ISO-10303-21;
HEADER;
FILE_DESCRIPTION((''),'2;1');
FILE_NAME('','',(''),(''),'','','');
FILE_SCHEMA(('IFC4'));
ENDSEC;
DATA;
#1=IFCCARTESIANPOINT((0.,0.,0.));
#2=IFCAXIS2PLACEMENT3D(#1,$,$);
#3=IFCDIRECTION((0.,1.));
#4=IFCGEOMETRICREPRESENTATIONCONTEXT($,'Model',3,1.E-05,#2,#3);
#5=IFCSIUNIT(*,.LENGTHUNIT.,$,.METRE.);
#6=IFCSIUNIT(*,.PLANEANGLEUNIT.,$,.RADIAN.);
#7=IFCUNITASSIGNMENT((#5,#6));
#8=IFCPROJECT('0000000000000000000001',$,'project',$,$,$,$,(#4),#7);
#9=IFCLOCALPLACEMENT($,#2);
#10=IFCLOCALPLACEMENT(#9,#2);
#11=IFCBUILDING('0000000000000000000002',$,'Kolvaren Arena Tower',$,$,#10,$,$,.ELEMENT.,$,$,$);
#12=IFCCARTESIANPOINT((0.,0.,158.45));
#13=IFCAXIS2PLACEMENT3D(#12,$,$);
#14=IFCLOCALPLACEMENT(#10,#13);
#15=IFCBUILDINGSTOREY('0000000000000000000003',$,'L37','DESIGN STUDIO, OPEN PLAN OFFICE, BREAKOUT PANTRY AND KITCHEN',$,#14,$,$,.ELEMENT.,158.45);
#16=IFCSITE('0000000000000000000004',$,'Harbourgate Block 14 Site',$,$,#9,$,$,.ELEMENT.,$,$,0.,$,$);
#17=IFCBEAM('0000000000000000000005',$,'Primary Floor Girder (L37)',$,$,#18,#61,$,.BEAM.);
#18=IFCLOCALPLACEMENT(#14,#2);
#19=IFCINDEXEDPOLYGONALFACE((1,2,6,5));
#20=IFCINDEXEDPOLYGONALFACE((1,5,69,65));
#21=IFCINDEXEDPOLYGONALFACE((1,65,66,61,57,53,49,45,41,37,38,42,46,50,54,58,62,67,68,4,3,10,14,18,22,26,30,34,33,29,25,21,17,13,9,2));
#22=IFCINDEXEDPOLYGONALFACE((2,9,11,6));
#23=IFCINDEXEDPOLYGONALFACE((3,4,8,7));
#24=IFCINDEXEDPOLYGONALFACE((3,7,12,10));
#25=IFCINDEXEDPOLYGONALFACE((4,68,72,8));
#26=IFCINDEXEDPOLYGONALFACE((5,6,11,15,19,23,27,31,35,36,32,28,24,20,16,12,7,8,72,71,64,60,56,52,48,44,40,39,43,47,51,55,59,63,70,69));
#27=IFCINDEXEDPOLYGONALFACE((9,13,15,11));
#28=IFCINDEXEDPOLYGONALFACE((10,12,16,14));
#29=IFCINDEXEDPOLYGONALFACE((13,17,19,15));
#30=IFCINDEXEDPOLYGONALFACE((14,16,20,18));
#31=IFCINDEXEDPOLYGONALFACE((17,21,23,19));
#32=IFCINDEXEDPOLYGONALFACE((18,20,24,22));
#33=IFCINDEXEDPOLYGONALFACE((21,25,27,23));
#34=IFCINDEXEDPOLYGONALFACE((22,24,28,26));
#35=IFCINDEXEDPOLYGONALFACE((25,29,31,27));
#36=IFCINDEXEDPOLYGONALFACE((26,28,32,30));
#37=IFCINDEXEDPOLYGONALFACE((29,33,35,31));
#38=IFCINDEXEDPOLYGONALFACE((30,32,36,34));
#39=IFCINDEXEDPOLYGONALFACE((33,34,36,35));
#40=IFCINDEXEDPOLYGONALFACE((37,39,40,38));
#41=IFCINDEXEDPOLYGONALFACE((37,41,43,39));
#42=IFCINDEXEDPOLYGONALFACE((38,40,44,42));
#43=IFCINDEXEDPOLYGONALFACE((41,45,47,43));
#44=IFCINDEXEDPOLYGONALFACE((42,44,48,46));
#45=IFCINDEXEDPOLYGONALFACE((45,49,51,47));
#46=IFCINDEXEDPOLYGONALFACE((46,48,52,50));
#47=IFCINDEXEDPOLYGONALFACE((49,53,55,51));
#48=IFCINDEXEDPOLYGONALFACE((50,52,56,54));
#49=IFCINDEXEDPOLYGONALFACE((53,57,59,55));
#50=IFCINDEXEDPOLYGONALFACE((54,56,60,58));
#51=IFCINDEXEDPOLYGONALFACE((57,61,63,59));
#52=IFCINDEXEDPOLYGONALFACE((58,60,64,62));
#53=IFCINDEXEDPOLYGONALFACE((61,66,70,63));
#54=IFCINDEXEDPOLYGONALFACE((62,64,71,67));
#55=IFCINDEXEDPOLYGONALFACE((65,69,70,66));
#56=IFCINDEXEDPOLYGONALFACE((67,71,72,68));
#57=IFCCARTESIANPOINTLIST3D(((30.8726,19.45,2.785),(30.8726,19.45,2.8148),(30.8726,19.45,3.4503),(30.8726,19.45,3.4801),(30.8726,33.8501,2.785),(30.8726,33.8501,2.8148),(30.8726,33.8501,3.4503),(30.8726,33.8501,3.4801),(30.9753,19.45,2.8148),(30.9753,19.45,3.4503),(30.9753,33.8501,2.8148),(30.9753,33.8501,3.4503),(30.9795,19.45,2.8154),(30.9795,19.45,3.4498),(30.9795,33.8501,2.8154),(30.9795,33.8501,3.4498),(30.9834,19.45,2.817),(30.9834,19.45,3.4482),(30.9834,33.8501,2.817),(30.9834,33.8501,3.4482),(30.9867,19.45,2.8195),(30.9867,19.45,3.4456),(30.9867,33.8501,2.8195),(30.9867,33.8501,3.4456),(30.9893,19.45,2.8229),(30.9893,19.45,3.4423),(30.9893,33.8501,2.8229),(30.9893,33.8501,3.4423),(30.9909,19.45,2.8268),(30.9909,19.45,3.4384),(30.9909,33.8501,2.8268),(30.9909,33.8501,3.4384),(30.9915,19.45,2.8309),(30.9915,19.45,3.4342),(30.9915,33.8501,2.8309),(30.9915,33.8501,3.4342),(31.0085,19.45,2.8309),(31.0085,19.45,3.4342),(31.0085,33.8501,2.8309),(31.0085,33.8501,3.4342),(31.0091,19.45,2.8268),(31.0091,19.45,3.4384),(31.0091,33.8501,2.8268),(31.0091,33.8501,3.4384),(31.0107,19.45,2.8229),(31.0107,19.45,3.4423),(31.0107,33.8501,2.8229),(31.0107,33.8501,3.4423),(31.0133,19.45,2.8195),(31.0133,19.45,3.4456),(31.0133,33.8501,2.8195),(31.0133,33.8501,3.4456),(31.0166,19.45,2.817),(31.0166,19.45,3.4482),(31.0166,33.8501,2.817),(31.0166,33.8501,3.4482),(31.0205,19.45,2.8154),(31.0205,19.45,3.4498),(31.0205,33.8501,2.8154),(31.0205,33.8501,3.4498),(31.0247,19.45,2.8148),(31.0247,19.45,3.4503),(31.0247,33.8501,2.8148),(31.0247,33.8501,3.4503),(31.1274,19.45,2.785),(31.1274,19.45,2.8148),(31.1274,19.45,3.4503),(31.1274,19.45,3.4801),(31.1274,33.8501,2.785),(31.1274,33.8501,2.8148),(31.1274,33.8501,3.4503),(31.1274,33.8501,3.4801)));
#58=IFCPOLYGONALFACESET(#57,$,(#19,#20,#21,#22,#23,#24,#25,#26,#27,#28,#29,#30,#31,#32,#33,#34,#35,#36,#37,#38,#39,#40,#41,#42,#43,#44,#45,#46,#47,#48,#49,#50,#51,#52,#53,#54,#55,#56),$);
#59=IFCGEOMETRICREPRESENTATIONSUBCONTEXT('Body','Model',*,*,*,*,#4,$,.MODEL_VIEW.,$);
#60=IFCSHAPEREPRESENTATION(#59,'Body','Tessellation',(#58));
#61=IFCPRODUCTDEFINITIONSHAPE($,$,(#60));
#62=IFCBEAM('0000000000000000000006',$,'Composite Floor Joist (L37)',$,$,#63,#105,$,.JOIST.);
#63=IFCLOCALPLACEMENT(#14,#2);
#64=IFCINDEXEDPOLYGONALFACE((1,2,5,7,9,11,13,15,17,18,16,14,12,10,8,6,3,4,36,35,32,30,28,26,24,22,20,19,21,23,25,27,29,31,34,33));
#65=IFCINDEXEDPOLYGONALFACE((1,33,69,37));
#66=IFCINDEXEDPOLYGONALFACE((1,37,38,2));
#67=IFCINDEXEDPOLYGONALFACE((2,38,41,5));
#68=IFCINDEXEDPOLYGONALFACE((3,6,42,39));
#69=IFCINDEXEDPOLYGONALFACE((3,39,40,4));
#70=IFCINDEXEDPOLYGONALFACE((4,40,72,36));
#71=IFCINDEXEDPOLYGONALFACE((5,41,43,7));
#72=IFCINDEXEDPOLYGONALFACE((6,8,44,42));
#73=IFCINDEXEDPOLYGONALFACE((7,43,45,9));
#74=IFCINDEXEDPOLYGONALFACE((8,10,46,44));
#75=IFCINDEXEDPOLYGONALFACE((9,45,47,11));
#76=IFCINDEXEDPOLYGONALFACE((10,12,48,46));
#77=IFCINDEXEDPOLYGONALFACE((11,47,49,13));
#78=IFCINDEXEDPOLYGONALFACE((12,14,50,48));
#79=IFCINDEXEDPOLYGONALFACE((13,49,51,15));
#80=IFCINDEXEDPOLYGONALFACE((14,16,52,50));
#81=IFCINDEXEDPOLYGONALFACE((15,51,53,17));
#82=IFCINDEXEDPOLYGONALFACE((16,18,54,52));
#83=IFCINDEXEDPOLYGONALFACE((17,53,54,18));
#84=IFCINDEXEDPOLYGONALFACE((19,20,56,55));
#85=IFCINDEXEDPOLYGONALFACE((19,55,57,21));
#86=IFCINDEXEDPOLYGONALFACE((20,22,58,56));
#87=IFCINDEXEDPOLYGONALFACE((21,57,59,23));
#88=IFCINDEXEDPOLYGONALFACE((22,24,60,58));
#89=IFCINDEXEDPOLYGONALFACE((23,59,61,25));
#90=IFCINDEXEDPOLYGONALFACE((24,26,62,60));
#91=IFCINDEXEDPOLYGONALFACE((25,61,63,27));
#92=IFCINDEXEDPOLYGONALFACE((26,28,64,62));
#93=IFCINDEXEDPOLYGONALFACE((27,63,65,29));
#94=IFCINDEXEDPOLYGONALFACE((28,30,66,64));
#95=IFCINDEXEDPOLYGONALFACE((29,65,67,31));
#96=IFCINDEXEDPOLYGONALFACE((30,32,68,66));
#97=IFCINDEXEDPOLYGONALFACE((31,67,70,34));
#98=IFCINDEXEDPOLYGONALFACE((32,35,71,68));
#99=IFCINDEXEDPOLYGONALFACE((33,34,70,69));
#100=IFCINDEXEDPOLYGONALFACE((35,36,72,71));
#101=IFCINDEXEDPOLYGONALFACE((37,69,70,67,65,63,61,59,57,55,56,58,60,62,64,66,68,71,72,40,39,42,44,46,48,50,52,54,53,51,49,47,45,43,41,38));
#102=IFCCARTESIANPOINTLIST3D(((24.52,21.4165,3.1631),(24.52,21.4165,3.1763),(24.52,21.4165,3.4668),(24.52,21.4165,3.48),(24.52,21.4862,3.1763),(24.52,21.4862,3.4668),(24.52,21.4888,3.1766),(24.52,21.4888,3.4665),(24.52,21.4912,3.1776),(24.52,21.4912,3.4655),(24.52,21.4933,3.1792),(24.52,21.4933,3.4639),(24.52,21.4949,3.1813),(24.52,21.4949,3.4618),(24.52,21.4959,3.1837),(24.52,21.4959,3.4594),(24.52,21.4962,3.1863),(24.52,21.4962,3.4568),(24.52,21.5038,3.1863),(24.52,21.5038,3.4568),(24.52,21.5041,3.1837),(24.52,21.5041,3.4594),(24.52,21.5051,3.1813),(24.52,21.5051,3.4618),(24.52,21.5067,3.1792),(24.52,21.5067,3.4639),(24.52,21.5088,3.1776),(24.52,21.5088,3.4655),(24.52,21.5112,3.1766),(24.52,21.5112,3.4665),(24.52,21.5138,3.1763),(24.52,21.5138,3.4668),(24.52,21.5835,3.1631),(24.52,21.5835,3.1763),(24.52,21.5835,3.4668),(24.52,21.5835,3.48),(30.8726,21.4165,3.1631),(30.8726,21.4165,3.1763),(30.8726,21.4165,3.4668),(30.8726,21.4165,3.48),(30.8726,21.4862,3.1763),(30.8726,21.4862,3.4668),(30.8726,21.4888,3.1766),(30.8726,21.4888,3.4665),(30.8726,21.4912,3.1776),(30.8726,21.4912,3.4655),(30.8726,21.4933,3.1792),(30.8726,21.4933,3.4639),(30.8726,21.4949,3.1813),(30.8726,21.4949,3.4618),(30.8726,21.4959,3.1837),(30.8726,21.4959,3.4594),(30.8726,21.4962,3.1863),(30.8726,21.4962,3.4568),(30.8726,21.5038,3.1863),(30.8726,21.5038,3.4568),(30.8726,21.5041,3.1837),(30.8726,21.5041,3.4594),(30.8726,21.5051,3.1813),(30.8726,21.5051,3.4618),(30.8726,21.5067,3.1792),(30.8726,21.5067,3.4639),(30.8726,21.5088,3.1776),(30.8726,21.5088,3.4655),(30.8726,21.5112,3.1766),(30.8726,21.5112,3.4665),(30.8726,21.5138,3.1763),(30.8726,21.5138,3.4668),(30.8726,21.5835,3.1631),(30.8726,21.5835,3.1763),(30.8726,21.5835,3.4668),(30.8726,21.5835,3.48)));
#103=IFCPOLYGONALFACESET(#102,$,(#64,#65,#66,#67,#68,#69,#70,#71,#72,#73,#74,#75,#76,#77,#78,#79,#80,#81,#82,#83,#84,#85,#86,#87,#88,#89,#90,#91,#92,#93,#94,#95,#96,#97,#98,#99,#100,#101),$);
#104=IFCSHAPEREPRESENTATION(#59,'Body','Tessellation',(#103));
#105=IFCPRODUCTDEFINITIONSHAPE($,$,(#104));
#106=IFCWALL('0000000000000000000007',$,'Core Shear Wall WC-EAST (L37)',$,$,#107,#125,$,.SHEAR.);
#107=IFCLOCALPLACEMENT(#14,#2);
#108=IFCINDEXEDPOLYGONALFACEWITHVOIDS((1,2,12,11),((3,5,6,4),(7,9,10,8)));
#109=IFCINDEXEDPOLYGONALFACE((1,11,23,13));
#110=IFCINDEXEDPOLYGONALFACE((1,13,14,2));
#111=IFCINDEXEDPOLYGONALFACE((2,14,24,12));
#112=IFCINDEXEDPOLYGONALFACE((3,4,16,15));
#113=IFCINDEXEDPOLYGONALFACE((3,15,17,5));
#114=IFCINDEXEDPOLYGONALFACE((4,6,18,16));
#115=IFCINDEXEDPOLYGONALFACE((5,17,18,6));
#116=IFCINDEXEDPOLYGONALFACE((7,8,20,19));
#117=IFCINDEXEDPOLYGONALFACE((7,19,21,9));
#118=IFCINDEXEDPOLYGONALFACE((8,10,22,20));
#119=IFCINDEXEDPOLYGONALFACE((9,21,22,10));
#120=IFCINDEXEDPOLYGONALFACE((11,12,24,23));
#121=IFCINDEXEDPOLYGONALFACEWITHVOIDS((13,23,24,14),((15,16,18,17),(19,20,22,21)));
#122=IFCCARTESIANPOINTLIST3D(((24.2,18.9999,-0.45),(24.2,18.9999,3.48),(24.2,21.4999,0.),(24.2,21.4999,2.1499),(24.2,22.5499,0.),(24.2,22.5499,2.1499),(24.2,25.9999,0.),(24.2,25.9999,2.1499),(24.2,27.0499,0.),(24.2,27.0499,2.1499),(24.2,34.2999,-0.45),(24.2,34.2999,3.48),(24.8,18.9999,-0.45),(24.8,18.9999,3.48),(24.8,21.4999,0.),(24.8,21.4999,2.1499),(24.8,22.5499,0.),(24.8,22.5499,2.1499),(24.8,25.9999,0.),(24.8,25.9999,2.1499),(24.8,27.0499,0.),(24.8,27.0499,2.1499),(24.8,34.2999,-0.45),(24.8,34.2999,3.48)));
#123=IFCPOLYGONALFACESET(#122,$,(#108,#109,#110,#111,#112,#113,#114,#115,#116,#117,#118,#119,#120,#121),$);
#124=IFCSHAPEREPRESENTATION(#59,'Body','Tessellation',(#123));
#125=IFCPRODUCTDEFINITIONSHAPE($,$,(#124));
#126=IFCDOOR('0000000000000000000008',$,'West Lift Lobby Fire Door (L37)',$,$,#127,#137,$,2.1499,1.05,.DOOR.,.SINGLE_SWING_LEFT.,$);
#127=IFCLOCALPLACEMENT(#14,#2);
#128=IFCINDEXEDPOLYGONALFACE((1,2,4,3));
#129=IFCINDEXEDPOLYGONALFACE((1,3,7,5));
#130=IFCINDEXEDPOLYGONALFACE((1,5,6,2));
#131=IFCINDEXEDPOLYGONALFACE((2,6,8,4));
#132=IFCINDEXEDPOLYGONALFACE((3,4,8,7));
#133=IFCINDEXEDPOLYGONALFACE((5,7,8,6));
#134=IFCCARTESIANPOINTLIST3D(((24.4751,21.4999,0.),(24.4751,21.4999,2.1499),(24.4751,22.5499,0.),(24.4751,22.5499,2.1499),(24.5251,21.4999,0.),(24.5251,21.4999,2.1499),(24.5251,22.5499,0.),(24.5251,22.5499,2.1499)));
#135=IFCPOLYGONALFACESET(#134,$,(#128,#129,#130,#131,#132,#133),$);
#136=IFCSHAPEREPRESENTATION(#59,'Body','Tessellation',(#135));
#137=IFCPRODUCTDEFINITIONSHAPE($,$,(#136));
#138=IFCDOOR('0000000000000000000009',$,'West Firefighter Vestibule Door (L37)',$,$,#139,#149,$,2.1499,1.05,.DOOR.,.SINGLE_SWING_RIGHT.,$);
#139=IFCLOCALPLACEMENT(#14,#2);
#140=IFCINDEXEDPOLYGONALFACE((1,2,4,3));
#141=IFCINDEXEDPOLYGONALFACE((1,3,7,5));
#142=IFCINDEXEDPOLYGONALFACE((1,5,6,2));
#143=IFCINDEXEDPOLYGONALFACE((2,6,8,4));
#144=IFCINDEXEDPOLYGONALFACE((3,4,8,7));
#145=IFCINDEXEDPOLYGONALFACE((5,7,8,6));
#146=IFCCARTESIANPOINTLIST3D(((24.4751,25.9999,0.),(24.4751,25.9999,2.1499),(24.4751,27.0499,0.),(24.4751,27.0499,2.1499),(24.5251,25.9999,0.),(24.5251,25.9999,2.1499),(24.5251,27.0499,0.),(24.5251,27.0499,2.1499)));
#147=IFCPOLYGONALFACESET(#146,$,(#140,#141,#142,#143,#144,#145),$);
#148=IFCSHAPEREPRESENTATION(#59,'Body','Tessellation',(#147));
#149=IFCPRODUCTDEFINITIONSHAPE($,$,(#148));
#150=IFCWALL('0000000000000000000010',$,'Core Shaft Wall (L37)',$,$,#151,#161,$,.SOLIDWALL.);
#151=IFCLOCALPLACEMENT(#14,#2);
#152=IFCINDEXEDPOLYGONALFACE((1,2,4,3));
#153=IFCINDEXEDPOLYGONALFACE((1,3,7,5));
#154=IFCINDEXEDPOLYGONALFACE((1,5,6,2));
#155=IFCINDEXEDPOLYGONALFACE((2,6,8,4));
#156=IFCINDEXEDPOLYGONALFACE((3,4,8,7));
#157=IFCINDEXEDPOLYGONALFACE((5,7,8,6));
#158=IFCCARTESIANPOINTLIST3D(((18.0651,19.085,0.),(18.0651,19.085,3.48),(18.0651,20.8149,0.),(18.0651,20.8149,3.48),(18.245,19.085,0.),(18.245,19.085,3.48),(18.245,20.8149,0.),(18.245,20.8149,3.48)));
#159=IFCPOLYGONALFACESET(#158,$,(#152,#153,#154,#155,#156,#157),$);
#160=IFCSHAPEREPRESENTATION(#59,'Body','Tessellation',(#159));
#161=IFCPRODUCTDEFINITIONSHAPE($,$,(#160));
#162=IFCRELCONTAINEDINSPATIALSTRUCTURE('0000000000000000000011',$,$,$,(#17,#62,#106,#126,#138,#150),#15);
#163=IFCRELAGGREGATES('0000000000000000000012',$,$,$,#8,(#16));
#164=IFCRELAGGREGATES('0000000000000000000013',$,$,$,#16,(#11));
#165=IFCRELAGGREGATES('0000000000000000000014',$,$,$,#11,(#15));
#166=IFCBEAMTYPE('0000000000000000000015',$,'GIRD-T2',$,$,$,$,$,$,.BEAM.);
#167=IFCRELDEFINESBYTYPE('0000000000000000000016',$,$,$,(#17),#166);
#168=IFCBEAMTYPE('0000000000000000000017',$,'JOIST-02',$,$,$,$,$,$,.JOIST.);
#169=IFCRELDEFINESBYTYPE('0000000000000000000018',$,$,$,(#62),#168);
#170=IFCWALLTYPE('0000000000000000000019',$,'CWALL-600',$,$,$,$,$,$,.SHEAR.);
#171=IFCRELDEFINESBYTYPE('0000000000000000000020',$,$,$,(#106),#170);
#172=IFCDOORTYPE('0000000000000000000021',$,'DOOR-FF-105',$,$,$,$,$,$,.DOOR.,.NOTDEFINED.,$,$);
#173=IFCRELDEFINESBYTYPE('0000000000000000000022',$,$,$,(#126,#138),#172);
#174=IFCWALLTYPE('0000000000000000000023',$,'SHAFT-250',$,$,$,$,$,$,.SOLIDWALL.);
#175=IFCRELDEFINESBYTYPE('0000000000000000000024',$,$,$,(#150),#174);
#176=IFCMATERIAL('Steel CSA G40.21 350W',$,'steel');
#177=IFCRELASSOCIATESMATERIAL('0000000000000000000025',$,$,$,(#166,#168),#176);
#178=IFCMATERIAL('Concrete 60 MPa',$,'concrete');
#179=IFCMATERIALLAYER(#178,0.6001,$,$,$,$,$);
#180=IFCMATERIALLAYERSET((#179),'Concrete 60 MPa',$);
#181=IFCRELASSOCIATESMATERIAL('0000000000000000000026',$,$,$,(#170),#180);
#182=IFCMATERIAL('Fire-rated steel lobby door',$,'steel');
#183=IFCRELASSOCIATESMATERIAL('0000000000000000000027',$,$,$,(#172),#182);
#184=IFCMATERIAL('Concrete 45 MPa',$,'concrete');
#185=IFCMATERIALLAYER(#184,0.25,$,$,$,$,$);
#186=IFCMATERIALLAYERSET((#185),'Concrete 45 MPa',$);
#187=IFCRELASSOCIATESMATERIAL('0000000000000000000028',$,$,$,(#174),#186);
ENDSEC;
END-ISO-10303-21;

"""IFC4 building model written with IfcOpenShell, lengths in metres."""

from ifc_helpers import new_model, si_unit, direction, frame, frame_2d, origin, origin_2d, place, context, subcontext, project, spatial, rectangle, i_section, extrude, material, layer, layer_set, material_profile, profile_set, type_object, element, fill, save


model = new_model("IFC4")

# Units and contexts
model_context = context("Model", 3, precision=1e-05, world=origin(), true_north=direction((0.0, 1.0)))
body_context = subcontext(model_context, "Body", "Model", "MODEL_VIEW")
ifc_project = project(units=[si_unit("LENGTHUNIT", "METRE"), si_unit("PLANEANGLEUNIT", "RADIAN")], contexts=[model_context])

# Site, building, storey
site_placement = place(None, origin())
site = spatial("IfcSite", under=ifc_project, at=site_placement, Name="Harbourgate Block 14 Site", CompositionType="ELEMENT", RefElevation=0.0)
building_placement = place(site_placement, origin())
building = spatial("IfcBuilding", under=site, at=building_placement, Name="Kolvaren Arena Tower", CompositionType="ELEMENT")
storey_placement = place(building_placement, frame((0.0, 0.0, 158.45)))
storey = spatial("IfcBuildingStorey", under=building, at=storey_placement, Name="L37", Description="DESIGN STUDIO, OPEN PLAN OFFICE, BREAKOUT PANTRY AND KITCHEN", CompositionType="ELEMENT", Elevation=158.45)

# Beams
ifc_material_1 = material(Name="Steel CSA G40.21 350W", Category="steel")
ifc_material_profile_1 = material_profile(ifc_material_1, i_section(OverallWidth=0.2549, OverallDepth=0.6951, WebThickness=0.0171, FlangeThickness=0.0298, FilletRadius=0.0161, at=origin_2d()), Name="W690x217")
ifc_profile_set_1 = profile_set([ifc_material_profile_1], Name="Steel CSA G40.21 350W")
beam_type_1 = type_object("IfcBeamType", Name="GIRD-T2", PredefinedType="BEAM", material=ifc_profile_set_1)
beam_1_placement = place(storey_placement, frame((31.0, 19.45, 3.1326), z_axis=(0.0, 1.0, 0.0), x_axis=(-1.0, 0.0, 0.0)))
element("IfcBeam", 1, at=beam_1_placement, inside=storey, type_object=beam_type_1, Name="Primary Floor Girder (L37)", PredefinedType="BEAM", context=body_context, shape_type="SweptSolid", body=[
    extrude(i_section(OverallWidth=0.2549, OverallDepth=0.6951, WebThickness=0.0171, FlangeThickness=0.0298, FilletRadius=0.0161, at=origin_2d()), origin(), (0.0, 0.0, 1.0), 14.4001),
])
ifc_material_profile_2 = material_profile(ifc_material_1, i_section(OverallWidth=0.167, OverallDepth=0.3169, WebThickness=0.0076, FlangeThickness=0.0132, FilletRadius=0.01, at=origin_2d()), Name="W310x52")
ifc_profile_set_2 = profile_set([ifc_material_profile_2], Name="Steel CSA G40.21 350W")
beam_type_2 = type_object("IfcBeamType", Name="JOIST-02", PredefinedType="JOIST", material=ifc_profile_set_2)
beam_2_placement = place(storey_placement, frame((24.52, 21.5, 3.3215), z_axis=(1.0, 0.0, 0.0), x_axis=(0.0, 1.0, 0.0)))
element("IfcBeam", 2, at=beam_2_placement, inside=storey, type_object=beam_type_2, Name="Composite Floor Joist (L37)", PredefinedType="JOIST", context=body_context, shape_type="SweptSolid", body=[
    extrude(i_section(OverallWidth=0.167, OverallDepth=0.3169, WebThickness=0.0076, FlangeThickness=0.0132, FilletRadius=0.01, at=origin_2d()), origin(), (0.0, 0.0, 1.0), 6.3525),
])

# Wall, openings, doors
ifc_material_2 = material(Name="Concrete 60 MPa", Category="concrete")
ifc_layer_1 = layer(ifc_material_2, 0.6001)
ifc_layer_set_1 = layer_set([ifc_layer_1], Name="Concrete 60 MPa")
wall_type_1 = type_object("IfcWallType", Name="CWALL-600", PredefinedType="SHEAR", material=ifc_layer_set_1)
wall_1_placement = place(storey_placement, frame((24.5, 19.0, -0.45), z_axis=(0.0, 0.0, 1.0), x_axis=(0.0, 1.0, 0.0)))
wall_1 = element("IfcWall", 3, at=wall_1_placement, inside=storey, type_object=wall_type_1, Name="Core Shear Wall WC-EAST (L37)", PredefinedType="SHEAR", context=body_context, shape_type="SweptSolid", body=[
    extrude(rectangle(XDim=15.3, YDim=0.6001, at=frame_2d((7.6499, 0.0))), origin(), (0.0, 0.0, 1.0), 3.9299),
])
opening_1_placement = place(wall_1_placement, frame((2.5, 0.0, 0.45)))
opening_1 = element("IfcOpeningElement", 4, at=opening_1_placement, cuts=wall_1, PredefinedType="OPENING", context=body_context, shape_type="SweptSolid", body=[
    extrude(rectangle(XDim=1.05, YDim=2.1499, at=frame_2d((0.5249, 1.075))), frame((0.0, 0.3101, 0.0), z_axis=(0.0, -1.0, 0.0), x_axis=(1.0, 0.0, 0.0)), (0.0, 0.0, 1.0), 0.6201),
])
opening_2_placement = place(wall_1_placement, frame((7.0, 0.0, 0.45)))
opening_2 = element("IfcOpeningElement", 5, at=opening_2_placement, cuts=wall_1, PredefinedType="OPENING", context=body_context, shape_type="SweptSolid", body=[
    extrude(rectangle(XDim=1.05, YDim=2.1499, at=frame_2d((0.5249, 1.075))), frame((0.0, 0.3101, 0.0), z_axis=(0.0, -1.0, 0.0), x_axis=(1.0, 0.0, 0.0)), (0.0, 0.0, 1.0), 0.6201),
])
ifc_material_3 = material(Name="Fire-rated steel lobby door", Category="steel")
door_type_1 = type_object("IfcDoorType", Name="DOOR-FF-105", OperationType="NOTDEFINED", PredefinedType="DOOR", material=ifc_material_3)
door_1_placement = place(opening_1_placement, origin())
door_1 = element("IfcDoor", 6, at=door_1_placement, inside=storey, type_object=door_type_1, Name="West Lift Lobby Fire Door (L37)", OperationType="SINGLE_SWING_LEFT", OverallHeight=2.1499, OverallWidth=1.05, PredefinedType="DOOR", context=body_context, shape_type="SweptSolid", body=[
    extrude(rectangle(XDim=1.05, YDim=2.1499, at=frame_2d((0.5249, 1.075))), frame((0.0, 0.0249, 0.0), z_axis=(0.0, -1.0, 0.0), x_axis=(1.0, 0.0, 0.0)), (0.0, 0.0, 1.0), 0.05),
])
fill(opening_1, door_1)
door_2_placement = place(opening_2_placement, origin())
door_2 = element("IfcDoor", 7, at=door_2_placement, inside=storey, type_object=door_type_1, Name="West Firefighter Vestibule Door (L37)", OperationType="SINGLE_SWING_RIGHT", OverallHeight=2.1499, OverallWidth=1.05, PredefinedType="DOOR", context=body_context, shape_type="SweptSolid", body=[
    extrude(rectangle(XDim=1.05, YDim=2.1499, at=frame_2d((0.5249, 1.075))), frame((0.0, 0.0249, 0.0), z_axis=(0.0, -1.0, 0.0), x_axis=(1.0, 0.0, 0.0)), (0.0, 0.0, 1.0), 0.05),
])
fill(opening_2, door_2)

# Wall
ifc_material_4 = material(Name="Concrete 45 MPa", Category="concrete")
ifc_layer_2 = layer(ifc_material_4, 0.25)
ifc_layer_set_2 = layer_set([ifc_layer_2], Name="Concrete 45 MPa")
wall_type_2 = type_object("IfcWallType", Name="SHAFT-250", PredefinedType="SOLIDWALL", material=ifc_layer_set_2)
wall_2_placement = place(storey_placement, frame((18.155, 19.085, 0.0), z_axis=(0.0, 0.0, 1.0), x_axis=(0.0, 1.0, 0.0)))
element("IfcWall", 8, at=wall_2_placement, inside=storey, type_object=wall_type_2, Name="Core Shaft Wall (L37)", PredefinedType="SOLIDWALL", context=body_context, shape_type="SweptSolid", body=[
    extrude(rectangle(XDim=1.73, YDim=0.1799, at=frame_2d((0.865, 0.0))), origin(), (0.0, 0.0, 1.0), 3.48),
])

save(model, "model.ifc")
